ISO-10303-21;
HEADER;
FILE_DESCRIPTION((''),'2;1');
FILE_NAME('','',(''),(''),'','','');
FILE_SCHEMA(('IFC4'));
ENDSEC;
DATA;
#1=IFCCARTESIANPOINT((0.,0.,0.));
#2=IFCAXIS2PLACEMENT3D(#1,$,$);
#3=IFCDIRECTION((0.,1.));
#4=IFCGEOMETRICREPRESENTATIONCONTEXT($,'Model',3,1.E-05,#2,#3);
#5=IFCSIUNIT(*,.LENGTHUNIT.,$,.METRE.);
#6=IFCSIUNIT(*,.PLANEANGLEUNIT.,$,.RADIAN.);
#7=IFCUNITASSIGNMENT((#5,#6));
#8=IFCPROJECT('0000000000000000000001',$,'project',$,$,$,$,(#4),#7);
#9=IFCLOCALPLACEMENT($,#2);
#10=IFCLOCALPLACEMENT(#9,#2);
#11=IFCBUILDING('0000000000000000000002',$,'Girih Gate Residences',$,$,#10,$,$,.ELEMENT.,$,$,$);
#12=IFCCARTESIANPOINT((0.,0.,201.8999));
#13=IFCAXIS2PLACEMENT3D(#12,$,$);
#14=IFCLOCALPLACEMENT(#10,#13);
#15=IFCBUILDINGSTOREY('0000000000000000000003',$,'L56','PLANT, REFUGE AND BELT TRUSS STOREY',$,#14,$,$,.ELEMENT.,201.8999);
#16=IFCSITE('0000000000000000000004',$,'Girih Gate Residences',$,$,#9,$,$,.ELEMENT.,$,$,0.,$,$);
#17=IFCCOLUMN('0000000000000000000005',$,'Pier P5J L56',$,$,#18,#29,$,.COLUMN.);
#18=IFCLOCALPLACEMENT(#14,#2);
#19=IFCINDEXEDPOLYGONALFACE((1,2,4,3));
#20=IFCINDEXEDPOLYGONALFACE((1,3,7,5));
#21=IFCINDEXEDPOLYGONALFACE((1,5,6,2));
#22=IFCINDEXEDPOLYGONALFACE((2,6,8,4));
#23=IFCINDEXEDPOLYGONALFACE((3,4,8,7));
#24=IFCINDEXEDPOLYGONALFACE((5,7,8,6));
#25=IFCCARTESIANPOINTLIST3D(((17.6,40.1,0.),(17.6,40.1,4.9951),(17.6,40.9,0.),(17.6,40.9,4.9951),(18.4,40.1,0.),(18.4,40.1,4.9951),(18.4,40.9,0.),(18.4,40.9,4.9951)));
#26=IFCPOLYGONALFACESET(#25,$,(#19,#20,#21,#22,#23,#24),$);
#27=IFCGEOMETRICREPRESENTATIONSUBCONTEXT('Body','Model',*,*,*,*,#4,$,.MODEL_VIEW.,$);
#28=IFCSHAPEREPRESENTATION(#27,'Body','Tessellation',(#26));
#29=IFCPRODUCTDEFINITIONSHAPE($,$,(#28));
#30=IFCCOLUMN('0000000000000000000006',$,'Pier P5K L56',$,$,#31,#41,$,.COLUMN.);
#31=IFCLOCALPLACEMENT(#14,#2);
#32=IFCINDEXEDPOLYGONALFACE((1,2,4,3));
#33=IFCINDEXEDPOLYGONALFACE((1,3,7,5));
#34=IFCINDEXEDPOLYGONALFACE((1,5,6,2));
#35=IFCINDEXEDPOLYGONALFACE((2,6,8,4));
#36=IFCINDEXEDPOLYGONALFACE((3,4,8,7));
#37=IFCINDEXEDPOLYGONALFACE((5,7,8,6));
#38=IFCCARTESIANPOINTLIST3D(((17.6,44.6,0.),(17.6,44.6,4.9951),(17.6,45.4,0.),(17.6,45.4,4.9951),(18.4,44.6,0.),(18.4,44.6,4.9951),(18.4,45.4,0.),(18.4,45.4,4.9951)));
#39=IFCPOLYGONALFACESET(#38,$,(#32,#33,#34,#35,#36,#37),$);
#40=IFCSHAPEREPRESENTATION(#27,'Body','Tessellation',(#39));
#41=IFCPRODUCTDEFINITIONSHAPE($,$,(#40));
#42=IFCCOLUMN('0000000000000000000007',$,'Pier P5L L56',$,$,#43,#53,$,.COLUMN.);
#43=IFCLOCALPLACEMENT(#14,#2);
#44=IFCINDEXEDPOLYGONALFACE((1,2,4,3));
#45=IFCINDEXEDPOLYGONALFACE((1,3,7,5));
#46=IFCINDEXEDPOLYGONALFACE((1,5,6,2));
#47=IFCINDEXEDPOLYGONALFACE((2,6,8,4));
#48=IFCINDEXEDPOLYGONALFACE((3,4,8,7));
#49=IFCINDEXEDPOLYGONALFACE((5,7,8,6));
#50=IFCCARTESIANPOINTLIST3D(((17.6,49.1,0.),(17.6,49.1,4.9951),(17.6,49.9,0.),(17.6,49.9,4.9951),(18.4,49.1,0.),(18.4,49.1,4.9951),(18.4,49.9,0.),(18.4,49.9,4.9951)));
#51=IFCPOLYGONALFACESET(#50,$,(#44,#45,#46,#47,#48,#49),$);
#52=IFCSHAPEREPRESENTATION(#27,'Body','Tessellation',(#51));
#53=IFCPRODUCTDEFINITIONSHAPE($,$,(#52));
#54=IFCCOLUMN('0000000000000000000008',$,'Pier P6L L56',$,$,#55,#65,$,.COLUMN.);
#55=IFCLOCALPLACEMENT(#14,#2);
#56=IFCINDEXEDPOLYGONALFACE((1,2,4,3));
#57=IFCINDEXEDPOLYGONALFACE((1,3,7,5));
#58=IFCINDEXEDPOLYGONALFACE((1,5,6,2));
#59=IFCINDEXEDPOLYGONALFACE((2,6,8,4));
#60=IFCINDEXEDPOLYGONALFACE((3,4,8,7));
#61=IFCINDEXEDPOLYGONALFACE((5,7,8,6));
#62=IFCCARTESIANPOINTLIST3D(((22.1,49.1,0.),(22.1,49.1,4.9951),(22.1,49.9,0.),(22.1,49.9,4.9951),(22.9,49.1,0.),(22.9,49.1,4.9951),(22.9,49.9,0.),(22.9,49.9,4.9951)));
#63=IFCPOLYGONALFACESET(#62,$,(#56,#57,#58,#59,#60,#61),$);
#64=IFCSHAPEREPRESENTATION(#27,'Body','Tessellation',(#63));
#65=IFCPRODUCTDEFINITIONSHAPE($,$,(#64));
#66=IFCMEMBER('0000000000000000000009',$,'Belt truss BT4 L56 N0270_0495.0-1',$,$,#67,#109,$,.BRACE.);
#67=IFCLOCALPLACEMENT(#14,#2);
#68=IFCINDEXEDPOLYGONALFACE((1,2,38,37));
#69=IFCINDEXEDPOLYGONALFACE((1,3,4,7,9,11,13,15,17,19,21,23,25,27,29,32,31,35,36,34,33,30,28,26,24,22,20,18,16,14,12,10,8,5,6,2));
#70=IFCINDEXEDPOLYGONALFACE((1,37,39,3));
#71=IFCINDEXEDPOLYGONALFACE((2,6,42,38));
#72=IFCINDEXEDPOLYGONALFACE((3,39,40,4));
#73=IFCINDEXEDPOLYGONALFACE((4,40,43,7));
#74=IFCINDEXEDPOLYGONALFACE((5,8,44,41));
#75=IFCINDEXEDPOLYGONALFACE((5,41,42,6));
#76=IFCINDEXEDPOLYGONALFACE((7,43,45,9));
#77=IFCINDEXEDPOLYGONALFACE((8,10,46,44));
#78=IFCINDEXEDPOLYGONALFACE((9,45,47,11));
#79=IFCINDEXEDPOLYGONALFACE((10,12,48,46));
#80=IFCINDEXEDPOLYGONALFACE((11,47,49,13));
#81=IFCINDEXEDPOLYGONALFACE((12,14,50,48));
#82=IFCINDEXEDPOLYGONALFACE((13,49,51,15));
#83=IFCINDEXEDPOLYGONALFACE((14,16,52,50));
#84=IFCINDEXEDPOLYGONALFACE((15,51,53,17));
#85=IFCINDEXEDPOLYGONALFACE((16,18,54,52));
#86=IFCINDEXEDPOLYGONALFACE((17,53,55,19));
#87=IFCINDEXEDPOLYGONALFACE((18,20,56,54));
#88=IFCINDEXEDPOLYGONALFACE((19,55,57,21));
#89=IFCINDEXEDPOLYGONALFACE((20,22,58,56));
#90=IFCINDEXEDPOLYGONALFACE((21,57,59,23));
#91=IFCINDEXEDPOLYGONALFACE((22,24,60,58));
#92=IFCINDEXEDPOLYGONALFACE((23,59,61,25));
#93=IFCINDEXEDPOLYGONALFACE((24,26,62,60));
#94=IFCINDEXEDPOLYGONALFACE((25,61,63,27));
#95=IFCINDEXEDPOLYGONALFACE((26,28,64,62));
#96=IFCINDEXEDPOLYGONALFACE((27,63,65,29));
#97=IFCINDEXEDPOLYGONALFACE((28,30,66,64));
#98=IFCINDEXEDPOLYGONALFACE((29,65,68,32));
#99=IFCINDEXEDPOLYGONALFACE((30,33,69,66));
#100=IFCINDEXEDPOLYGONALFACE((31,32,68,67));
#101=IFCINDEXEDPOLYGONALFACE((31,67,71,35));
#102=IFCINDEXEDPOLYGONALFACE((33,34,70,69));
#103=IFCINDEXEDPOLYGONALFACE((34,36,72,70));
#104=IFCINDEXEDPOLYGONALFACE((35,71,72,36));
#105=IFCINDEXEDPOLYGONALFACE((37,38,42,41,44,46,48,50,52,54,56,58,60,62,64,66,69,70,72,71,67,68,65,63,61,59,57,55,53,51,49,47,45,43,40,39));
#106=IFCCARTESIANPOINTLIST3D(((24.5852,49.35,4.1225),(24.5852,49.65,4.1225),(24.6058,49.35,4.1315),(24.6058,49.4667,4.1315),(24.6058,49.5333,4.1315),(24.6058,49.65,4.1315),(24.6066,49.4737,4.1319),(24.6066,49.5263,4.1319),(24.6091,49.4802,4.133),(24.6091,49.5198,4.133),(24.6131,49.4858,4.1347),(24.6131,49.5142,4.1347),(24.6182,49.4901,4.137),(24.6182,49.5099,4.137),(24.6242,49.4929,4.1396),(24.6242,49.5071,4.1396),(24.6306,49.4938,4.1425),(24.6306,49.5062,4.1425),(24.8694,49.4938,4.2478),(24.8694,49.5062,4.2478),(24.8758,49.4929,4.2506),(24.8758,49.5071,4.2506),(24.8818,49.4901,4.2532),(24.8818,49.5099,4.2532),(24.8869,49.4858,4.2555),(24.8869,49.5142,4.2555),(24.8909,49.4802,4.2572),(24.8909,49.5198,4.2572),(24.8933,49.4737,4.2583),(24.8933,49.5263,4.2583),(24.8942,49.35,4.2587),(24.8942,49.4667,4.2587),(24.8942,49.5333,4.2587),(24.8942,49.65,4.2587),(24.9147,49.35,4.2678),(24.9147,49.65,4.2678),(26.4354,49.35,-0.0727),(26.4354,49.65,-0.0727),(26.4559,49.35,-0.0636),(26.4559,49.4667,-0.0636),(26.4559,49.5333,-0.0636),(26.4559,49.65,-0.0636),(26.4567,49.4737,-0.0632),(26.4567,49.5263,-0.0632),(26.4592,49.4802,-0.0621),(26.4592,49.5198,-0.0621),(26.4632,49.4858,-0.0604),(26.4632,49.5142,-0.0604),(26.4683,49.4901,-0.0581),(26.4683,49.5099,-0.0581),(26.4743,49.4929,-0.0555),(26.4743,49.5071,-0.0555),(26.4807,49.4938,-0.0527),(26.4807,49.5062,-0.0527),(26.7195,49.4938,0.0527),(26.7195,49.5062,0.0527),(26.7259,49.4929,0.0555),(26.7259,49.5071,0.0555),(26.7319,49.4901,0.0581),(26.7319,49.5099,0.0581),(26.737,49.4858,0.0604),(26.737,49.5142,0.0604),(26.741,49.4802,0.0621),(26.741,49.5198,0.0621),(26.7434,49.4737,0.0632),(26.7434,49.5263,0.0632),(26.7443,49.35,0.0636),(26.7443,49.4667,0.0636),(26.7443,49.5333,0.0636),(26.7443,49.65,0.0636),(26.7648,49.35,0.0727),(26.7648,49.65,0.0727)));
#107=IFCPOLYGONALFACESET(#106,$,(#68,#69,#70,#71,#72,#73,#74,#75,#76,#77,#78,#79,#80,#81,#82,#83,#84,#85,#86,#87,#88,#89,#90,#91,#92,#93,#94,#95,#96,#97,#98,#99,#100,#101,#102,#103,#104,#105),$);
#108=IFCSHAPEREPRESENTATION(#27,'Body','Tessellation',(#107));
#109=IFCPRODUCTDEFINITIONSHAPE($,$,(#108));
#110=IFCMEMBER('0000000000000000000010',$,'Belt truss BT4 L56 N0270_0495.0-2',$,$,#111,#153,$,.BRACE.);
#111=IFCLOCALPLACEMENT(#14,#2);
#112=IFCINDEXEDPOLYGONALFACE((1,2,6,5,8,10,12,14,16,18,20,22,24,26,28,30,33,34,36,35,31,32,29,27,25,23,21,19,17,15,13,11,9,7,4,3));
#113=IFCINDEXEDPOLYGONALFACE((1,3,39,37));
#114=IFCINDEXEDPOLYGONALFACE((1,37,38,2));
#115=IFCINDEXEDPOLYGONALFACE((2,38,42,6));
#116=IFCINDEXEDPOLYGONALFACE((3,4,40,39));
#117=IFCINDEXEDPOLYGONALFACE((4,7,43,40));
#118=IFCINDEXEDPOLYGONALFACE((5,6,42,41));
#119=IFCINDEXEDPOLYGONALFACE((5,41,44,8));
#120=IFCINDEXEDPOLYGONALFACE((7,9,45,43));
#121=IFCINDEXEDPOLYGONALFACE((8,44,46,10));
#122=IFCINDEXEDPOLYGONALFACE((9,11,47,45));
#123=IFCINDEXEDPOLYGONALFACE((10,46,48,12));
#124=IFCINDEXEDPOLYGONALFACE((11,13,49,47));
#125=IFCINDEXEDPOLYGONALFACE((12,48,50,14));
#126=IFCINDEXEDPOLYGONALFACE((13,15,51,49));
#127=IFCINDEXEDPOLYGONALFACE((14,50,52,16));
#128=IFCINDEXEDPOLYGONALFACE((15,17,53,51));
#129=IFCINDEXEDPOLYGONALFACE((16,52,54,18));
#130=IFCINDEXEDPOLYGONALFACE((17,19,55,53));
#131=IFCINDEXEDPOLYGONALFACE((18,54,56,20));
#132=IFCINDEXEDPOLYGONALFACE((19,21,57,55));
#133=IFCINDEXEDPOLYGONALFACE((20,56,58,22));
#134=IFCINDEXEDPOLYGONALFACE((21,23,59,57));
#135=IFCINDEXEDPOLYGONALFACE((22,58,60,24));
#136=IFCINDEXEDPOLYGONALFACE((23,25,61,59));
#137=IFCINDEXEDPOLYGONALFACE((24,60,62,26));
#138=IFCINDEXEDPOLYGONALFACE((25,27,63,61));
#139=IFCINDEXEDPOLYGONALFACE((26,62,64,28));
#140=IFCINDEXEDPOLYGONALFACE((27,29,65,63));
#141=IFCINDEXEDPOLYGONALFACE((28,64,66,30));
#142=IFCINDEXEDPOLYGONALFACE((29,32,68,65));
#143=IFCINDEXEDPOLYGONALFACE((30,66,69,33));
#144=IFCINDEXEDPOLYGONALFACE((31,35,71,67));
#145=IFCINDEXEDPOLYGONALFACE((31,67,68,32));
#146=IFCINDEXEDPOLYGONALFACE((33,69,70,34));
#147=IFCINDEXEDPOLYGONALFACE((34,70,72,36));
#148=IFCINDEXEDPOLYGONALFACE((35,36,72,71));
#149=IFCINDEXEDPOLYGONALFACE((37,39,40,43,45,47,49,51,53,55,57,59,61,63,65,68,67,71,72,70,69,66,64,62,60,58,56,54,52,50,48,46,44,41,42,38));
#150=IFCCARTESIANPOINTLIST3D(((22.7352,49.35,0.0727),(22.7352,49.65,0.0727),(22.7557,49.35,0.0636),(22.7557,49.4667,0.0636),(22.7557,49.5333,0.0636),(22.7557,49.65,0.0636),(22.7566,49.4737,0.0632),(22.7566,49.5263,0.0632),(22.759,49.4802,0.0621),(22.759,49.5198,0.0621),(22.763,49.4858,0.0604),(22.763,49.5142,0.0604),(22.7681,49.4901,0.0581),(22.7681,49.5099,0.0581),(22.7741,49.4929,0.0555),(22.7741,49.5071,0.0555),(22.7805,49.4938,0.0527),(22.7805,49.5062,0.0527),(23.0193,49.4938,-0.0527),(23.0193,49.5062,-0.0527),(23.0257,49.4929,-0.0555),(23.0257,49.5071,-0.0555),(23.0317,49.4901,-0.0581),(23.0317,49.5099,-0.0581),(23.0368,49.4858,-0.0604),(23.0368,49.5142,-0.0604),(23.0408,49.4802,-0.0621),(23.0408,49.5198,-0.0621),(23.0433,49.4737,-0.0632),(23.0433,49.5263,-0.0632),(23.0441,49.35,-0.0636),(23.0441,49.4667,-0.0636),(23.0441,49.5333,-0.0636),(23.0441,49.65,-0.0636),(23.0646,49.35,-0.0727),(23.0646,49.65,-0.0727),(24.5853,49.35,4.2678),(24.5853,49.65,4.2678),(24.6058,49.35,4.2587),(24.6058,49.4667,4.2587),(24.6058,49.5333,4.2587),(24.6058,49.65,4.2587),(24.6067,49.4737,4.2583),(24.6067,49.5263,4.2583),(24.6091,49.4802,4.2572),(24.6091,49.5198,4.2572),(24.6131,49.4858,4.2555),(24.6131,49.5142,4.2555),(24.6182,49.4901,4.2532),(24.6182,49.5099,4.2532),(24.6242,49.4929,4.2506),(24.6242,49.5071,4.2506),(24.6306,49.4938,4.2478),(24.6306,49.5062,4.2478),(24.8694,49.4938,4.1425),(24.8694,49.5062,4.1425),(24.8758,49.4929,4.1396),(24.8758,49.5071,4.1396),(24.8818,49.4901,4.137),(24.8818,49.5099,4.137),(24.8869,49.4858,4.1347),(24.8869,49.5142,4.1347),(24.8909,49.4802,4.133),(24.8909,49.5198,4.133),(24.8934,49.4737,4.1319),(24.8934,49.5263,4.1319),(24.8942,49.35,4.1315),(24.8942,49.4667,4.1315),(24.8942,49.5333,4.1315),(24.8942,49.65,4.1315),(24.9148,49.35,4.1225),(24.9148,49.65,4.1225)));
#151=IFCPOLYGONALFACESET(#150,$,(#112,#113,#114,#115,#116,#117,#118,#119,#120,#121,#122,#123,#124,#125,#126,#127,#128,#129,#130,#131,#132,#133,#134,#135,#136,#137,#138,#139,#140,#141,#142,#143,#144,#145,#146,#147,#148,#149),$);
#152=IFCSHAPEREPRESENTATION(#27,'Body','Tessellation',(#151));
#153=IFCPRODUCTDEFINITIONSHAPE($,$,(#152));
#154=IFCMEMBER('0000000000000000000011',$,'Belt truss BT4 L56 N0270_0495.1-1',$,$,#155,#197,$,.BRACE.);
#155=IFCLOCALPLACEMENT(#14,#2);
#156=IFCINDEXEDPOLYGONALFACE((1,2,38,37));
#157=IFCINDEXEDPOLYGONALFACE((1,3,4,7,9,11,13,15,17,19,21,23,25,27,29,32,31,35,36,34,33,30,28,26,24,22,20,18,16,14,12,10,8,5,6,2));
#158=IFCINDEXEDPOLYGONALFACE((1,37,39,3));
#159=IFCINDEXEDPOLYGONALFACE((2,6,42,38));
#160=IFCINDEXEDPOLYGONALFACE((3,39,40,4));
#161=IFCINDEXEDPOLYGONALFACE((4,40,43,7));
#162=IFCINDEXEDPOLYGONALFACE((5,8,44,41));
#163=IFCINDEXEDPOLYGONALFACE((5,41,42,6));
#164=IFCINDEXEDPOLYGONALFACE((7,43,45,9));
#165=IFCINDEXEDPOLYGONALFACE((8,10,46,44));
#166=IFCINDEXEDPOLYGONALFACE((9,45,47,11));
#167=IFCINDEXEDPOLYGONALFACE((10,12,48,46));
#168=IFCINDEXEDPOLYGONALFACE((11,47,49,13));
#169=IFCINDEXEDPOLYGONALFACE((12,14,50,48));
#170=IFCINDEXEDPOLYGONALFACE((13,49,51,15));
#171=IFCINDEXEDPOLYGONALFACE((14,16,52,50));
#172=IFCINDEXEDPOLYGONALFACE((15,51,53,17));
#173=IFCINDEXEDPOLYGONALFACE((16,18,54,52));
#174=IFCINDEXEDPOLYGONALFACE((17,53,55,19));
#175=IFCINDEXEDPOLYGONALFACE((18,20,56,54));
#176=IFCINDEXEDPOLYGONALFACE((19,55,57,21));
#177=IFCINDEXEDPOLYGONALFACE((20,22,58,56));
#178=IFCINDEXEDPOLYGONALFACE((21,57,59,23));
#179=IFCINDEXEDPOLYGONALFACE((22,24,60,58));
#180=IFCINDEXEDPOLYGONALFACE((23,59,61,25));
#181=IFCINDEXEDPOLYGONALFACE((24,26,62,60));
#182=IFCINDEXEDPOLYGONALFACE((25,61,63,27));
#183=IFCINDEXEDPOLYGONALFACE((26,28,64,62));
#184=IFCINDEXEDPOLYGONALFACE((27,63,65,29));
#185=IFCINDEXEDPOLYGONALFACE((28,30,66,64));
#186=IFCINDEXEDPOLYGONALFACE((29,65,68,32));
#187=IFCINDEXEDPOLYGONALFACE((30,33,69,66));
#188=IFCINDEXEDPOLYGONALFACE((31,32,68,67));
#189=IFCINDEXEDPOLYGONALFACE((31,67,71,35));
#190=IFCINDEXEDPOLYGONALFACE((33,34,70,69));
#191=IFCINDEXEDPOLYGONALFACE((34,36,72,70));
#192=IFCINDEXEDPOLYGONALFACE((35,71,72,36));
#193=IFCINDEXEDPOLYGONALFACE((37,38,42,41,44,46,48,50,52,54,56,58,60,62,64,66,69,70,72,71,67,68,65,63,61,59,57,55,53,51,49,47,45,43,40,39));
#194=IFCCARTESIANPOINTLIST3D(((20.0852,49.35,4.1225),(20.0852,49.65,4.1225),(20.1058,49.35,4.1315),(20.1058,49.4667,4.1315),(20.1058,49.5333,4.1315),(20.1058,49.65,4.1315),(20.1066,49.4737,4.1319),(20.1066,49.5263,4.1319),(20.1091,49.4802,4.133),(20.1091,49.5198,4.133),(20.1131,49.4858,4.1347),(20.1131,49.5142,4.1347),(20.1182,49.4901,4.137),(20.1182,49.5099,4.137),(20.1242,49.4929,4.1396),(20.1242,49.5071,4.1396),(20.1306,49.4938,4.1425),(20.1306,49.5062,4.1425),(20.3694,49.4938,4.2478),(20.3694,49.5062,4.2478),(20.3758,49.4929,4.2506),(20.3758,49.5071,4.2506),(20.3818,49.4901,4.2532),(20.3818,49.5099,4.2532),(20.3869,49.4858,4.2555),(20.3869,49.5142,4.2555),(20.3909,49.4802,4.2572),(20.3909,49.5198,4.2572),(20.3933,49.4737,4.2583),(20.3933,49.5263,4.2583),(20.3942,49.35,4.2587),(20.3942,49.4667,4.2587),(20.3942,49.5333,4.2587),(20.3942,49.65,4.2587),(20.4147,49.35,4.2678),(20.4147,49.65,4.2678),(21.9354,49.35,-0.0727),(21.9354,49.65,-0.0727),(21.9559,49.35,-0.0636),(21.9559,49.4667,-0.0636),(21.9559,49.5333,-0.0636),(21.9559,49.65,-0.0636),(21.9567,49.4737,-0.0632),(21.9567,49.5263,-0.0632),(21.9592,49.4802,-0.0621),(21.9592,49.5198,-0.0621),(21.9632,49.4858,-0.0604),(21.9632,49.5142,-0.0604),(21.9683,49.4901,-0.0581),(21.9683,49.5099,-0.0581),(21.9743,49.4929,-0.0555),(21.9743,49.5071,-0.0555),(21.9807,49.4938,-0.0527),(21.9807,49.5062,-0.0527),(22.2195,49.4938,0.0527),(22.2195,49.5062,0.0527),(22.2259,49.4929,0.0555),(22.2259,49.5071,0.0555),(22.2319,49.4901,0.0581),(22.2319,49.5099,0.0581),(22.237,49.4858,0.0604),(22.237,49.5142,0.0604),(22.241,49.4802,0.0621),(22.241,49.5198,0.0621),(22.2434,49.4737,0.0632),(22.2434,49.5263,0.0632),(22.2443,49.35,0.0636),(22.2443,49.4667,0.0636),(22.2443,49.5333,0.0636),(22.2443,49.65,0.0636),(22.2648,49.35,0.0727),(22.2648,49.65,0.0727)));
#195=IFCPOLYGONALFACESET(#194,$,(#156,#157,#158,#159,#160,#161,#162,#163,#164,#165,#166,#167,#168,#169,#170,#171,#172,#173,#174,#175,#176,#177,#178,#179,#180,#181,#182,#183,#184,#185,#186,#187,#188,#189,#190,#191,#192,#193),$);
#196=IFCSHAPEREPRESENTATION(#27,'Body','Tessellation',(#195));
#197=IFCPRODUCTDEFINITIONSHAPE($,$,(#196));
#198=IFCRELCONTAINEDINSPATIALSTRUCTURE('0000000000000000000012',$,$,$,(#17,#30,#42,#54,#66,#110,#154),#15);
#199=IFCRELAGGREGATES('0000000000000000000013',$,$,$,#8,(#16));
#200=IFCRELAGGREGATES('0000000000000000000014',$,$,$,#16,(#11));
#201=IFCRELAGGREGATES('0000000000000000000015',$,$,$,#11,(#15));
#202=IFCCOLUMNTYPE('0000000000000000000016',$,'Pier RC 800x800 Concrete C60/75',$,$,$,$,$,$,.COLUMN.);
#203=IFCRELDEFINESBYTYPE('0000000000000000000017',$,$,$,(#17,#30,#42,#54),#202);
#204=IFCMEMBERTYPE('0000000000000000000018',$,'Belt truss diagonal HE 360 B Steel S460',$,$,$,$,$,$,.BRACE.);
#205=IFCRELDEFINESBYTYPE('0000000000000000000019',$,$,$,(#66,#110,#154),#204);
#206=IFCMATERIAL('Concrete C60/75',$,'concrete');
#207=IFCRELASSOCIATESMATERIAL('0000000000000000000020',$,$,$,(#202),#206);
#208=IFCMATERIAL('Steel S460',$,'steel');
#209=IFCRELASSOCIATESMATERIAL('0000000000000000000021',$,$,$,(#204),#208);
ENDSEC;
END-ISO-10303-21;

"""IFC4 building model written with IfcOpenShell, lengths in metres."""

from ifc_helpers import new_model, si_unit, direction, frame, origin, origin_2d, place, context, subcontext, project, spatial, rectangle, i_section, extrude, material, material_profile, profile_set, type_object, element, save


model = new_model("IFC4")

# Units and contexts
model_context = context("Model", 3, precision=1e-05, world=origin(), true_north=direction((0.0, 1.0)))
body_context = subcontext(model_context, "Body", "Model", "MODEL_VIEW")
ifc_project = project(units=[si_unit("LENGTHUNIT", "METRE"), si_unit("PLANEANGLEUNIT", "RADIAN")], contexts=[model_context])

# Site, building, storey
site_placement = place(None, origin())
site = spatial("IfcSite", under=ifc_project, at=site_placement, Name="Girih Gate Residences", CompositionType="ELEMENT", RefElevation=0.0)
building_placement = place(site_placement, origin())
building = spatial("IfcBuilding", under=site, at=building_placement, Name="Girih Gate Residences", CompositionType="ELEMENT")
storey_placement = place(building_placement, frame((0.0, 0.0, 201.8999)))
storey = spatial("IfcBuildingStorey", under=building, at=storey_placement, Name="L56", Description="PLANT, REFUGE AND BELT TRUSS STOREY", CompositionType="ELEMENT", Elevation=201.8999)

# Columns
ifc_material_1 = material(Name="Concrete C60/75", Category="concrete")
ifc_material_profile_1 = material_profile(ifc_material_1, rectangle(XDim=0.8, YDim=0.8, at=origin_2d()))
ifc_profile_set_1 = profile_set([ifc_material_profile_1], Name="Concrete C60/75")
column_type = type_object("IfcColumnType", Name="Pier RC 800x800 Concrete C60/75", PredefinedType="COLUMN", material=ifc_profile_set_1)
for number, where, z_axis, x_axis, name in (
    (1, (18.0, 40.5, 0.0), (0.0, 0.0, 1.0), (1.0, 0.0, 0.0), "Pier P5J L56"),
    (2, (18.0, 45.0, 0.0), (0.0, 0.0, 1.0), (1.0, 0.0, 0.0), "Pier P5K L56"),
    (3, (18.0, 49.5, 0.0), (0.0, 0.0, 1.0), (1.0, 0.0, 0.0), "Pier P5L L56"),
    (4, (22.5, 49.5, 0.0), (0.0, 0.0, 1.0), (1.0, 0.0, 0.0), "Pier P6L L56"),
):
    element("IfcColumn", number, at=place(storey_placement, frame(where, z_axis=z_axis, x_axis=x_axis)), inside=storey, type_object=column_type, Name=name, PredefinedType="COLUMN", context=body_context, shape_type="SweptSolid", body=[
        extrude(rectangle(XDim=0.8, YDim=0.8, at=origin_2d()), origin(), (0.0, 0.0, 1.0), 4.9951),
    ])

# Members
ifc_material_2 = material(Name="Steel S460", Category="steel")
ifc_material_profile_2 = material_profile(ifc_material_2, i_section(OverallWidth=0.3, OverallDepth=0.3601, WebThickness=0.0125, FlangeThickness=0.0225, FilletRadius=0.0271, at=origin_2d()))
ifc_profile_set_2 = profile_set([ifc_material_profile_2], Name="Steel S460")
member_type = type_object("IfcMemberType", Name="Belt truss diagonal HE 360 B Steel S460", PredefinedType="BRACE", material=ifc_profile_set_2)
for number, where, z_axis, x_axis, name in (
    (5, (26.6001, 49.5, 0.0), (-0.403518, 0.0, 0.914972), (0.0, -1.0, 0.0), "Belt truss BT4 L56 N0270_0495.0-1"),
    (6, (22.8999, 49.5, 0.0), (0.403518, 0.0, 0.914972), (0.0, 1.0, 0.0), "Belt truss BT4 L56 N0270_0495.0-2"),
    (7, (22.1001, 49.5, 0.0), (-0.403518, 0.0, 0.914972), (0.0, -1.0, 0.0), "Belt truss BT4 L56 N0270_0495.1-1"),
):
    element("IfcMember", number, at=place(storey_placement, frame(where, z_axis=z_axis, x_axis=x_axis)), inside=storey, type_object=member_type, Name=name, PredefinedType="BRACE", context=body_context, shape_type="SweptSolid", body=[
        extrude(i_section(OverallWidth=0.3, OverallDepth=0.3601, WebThickness=0.0125, FlangeThickness=0.0225, FilletRadius=0.0271, at=origin_2d()), origin(), (0.0, 0.0, 1.0), 4.585),
    ])

save(model, "model.ifc")
